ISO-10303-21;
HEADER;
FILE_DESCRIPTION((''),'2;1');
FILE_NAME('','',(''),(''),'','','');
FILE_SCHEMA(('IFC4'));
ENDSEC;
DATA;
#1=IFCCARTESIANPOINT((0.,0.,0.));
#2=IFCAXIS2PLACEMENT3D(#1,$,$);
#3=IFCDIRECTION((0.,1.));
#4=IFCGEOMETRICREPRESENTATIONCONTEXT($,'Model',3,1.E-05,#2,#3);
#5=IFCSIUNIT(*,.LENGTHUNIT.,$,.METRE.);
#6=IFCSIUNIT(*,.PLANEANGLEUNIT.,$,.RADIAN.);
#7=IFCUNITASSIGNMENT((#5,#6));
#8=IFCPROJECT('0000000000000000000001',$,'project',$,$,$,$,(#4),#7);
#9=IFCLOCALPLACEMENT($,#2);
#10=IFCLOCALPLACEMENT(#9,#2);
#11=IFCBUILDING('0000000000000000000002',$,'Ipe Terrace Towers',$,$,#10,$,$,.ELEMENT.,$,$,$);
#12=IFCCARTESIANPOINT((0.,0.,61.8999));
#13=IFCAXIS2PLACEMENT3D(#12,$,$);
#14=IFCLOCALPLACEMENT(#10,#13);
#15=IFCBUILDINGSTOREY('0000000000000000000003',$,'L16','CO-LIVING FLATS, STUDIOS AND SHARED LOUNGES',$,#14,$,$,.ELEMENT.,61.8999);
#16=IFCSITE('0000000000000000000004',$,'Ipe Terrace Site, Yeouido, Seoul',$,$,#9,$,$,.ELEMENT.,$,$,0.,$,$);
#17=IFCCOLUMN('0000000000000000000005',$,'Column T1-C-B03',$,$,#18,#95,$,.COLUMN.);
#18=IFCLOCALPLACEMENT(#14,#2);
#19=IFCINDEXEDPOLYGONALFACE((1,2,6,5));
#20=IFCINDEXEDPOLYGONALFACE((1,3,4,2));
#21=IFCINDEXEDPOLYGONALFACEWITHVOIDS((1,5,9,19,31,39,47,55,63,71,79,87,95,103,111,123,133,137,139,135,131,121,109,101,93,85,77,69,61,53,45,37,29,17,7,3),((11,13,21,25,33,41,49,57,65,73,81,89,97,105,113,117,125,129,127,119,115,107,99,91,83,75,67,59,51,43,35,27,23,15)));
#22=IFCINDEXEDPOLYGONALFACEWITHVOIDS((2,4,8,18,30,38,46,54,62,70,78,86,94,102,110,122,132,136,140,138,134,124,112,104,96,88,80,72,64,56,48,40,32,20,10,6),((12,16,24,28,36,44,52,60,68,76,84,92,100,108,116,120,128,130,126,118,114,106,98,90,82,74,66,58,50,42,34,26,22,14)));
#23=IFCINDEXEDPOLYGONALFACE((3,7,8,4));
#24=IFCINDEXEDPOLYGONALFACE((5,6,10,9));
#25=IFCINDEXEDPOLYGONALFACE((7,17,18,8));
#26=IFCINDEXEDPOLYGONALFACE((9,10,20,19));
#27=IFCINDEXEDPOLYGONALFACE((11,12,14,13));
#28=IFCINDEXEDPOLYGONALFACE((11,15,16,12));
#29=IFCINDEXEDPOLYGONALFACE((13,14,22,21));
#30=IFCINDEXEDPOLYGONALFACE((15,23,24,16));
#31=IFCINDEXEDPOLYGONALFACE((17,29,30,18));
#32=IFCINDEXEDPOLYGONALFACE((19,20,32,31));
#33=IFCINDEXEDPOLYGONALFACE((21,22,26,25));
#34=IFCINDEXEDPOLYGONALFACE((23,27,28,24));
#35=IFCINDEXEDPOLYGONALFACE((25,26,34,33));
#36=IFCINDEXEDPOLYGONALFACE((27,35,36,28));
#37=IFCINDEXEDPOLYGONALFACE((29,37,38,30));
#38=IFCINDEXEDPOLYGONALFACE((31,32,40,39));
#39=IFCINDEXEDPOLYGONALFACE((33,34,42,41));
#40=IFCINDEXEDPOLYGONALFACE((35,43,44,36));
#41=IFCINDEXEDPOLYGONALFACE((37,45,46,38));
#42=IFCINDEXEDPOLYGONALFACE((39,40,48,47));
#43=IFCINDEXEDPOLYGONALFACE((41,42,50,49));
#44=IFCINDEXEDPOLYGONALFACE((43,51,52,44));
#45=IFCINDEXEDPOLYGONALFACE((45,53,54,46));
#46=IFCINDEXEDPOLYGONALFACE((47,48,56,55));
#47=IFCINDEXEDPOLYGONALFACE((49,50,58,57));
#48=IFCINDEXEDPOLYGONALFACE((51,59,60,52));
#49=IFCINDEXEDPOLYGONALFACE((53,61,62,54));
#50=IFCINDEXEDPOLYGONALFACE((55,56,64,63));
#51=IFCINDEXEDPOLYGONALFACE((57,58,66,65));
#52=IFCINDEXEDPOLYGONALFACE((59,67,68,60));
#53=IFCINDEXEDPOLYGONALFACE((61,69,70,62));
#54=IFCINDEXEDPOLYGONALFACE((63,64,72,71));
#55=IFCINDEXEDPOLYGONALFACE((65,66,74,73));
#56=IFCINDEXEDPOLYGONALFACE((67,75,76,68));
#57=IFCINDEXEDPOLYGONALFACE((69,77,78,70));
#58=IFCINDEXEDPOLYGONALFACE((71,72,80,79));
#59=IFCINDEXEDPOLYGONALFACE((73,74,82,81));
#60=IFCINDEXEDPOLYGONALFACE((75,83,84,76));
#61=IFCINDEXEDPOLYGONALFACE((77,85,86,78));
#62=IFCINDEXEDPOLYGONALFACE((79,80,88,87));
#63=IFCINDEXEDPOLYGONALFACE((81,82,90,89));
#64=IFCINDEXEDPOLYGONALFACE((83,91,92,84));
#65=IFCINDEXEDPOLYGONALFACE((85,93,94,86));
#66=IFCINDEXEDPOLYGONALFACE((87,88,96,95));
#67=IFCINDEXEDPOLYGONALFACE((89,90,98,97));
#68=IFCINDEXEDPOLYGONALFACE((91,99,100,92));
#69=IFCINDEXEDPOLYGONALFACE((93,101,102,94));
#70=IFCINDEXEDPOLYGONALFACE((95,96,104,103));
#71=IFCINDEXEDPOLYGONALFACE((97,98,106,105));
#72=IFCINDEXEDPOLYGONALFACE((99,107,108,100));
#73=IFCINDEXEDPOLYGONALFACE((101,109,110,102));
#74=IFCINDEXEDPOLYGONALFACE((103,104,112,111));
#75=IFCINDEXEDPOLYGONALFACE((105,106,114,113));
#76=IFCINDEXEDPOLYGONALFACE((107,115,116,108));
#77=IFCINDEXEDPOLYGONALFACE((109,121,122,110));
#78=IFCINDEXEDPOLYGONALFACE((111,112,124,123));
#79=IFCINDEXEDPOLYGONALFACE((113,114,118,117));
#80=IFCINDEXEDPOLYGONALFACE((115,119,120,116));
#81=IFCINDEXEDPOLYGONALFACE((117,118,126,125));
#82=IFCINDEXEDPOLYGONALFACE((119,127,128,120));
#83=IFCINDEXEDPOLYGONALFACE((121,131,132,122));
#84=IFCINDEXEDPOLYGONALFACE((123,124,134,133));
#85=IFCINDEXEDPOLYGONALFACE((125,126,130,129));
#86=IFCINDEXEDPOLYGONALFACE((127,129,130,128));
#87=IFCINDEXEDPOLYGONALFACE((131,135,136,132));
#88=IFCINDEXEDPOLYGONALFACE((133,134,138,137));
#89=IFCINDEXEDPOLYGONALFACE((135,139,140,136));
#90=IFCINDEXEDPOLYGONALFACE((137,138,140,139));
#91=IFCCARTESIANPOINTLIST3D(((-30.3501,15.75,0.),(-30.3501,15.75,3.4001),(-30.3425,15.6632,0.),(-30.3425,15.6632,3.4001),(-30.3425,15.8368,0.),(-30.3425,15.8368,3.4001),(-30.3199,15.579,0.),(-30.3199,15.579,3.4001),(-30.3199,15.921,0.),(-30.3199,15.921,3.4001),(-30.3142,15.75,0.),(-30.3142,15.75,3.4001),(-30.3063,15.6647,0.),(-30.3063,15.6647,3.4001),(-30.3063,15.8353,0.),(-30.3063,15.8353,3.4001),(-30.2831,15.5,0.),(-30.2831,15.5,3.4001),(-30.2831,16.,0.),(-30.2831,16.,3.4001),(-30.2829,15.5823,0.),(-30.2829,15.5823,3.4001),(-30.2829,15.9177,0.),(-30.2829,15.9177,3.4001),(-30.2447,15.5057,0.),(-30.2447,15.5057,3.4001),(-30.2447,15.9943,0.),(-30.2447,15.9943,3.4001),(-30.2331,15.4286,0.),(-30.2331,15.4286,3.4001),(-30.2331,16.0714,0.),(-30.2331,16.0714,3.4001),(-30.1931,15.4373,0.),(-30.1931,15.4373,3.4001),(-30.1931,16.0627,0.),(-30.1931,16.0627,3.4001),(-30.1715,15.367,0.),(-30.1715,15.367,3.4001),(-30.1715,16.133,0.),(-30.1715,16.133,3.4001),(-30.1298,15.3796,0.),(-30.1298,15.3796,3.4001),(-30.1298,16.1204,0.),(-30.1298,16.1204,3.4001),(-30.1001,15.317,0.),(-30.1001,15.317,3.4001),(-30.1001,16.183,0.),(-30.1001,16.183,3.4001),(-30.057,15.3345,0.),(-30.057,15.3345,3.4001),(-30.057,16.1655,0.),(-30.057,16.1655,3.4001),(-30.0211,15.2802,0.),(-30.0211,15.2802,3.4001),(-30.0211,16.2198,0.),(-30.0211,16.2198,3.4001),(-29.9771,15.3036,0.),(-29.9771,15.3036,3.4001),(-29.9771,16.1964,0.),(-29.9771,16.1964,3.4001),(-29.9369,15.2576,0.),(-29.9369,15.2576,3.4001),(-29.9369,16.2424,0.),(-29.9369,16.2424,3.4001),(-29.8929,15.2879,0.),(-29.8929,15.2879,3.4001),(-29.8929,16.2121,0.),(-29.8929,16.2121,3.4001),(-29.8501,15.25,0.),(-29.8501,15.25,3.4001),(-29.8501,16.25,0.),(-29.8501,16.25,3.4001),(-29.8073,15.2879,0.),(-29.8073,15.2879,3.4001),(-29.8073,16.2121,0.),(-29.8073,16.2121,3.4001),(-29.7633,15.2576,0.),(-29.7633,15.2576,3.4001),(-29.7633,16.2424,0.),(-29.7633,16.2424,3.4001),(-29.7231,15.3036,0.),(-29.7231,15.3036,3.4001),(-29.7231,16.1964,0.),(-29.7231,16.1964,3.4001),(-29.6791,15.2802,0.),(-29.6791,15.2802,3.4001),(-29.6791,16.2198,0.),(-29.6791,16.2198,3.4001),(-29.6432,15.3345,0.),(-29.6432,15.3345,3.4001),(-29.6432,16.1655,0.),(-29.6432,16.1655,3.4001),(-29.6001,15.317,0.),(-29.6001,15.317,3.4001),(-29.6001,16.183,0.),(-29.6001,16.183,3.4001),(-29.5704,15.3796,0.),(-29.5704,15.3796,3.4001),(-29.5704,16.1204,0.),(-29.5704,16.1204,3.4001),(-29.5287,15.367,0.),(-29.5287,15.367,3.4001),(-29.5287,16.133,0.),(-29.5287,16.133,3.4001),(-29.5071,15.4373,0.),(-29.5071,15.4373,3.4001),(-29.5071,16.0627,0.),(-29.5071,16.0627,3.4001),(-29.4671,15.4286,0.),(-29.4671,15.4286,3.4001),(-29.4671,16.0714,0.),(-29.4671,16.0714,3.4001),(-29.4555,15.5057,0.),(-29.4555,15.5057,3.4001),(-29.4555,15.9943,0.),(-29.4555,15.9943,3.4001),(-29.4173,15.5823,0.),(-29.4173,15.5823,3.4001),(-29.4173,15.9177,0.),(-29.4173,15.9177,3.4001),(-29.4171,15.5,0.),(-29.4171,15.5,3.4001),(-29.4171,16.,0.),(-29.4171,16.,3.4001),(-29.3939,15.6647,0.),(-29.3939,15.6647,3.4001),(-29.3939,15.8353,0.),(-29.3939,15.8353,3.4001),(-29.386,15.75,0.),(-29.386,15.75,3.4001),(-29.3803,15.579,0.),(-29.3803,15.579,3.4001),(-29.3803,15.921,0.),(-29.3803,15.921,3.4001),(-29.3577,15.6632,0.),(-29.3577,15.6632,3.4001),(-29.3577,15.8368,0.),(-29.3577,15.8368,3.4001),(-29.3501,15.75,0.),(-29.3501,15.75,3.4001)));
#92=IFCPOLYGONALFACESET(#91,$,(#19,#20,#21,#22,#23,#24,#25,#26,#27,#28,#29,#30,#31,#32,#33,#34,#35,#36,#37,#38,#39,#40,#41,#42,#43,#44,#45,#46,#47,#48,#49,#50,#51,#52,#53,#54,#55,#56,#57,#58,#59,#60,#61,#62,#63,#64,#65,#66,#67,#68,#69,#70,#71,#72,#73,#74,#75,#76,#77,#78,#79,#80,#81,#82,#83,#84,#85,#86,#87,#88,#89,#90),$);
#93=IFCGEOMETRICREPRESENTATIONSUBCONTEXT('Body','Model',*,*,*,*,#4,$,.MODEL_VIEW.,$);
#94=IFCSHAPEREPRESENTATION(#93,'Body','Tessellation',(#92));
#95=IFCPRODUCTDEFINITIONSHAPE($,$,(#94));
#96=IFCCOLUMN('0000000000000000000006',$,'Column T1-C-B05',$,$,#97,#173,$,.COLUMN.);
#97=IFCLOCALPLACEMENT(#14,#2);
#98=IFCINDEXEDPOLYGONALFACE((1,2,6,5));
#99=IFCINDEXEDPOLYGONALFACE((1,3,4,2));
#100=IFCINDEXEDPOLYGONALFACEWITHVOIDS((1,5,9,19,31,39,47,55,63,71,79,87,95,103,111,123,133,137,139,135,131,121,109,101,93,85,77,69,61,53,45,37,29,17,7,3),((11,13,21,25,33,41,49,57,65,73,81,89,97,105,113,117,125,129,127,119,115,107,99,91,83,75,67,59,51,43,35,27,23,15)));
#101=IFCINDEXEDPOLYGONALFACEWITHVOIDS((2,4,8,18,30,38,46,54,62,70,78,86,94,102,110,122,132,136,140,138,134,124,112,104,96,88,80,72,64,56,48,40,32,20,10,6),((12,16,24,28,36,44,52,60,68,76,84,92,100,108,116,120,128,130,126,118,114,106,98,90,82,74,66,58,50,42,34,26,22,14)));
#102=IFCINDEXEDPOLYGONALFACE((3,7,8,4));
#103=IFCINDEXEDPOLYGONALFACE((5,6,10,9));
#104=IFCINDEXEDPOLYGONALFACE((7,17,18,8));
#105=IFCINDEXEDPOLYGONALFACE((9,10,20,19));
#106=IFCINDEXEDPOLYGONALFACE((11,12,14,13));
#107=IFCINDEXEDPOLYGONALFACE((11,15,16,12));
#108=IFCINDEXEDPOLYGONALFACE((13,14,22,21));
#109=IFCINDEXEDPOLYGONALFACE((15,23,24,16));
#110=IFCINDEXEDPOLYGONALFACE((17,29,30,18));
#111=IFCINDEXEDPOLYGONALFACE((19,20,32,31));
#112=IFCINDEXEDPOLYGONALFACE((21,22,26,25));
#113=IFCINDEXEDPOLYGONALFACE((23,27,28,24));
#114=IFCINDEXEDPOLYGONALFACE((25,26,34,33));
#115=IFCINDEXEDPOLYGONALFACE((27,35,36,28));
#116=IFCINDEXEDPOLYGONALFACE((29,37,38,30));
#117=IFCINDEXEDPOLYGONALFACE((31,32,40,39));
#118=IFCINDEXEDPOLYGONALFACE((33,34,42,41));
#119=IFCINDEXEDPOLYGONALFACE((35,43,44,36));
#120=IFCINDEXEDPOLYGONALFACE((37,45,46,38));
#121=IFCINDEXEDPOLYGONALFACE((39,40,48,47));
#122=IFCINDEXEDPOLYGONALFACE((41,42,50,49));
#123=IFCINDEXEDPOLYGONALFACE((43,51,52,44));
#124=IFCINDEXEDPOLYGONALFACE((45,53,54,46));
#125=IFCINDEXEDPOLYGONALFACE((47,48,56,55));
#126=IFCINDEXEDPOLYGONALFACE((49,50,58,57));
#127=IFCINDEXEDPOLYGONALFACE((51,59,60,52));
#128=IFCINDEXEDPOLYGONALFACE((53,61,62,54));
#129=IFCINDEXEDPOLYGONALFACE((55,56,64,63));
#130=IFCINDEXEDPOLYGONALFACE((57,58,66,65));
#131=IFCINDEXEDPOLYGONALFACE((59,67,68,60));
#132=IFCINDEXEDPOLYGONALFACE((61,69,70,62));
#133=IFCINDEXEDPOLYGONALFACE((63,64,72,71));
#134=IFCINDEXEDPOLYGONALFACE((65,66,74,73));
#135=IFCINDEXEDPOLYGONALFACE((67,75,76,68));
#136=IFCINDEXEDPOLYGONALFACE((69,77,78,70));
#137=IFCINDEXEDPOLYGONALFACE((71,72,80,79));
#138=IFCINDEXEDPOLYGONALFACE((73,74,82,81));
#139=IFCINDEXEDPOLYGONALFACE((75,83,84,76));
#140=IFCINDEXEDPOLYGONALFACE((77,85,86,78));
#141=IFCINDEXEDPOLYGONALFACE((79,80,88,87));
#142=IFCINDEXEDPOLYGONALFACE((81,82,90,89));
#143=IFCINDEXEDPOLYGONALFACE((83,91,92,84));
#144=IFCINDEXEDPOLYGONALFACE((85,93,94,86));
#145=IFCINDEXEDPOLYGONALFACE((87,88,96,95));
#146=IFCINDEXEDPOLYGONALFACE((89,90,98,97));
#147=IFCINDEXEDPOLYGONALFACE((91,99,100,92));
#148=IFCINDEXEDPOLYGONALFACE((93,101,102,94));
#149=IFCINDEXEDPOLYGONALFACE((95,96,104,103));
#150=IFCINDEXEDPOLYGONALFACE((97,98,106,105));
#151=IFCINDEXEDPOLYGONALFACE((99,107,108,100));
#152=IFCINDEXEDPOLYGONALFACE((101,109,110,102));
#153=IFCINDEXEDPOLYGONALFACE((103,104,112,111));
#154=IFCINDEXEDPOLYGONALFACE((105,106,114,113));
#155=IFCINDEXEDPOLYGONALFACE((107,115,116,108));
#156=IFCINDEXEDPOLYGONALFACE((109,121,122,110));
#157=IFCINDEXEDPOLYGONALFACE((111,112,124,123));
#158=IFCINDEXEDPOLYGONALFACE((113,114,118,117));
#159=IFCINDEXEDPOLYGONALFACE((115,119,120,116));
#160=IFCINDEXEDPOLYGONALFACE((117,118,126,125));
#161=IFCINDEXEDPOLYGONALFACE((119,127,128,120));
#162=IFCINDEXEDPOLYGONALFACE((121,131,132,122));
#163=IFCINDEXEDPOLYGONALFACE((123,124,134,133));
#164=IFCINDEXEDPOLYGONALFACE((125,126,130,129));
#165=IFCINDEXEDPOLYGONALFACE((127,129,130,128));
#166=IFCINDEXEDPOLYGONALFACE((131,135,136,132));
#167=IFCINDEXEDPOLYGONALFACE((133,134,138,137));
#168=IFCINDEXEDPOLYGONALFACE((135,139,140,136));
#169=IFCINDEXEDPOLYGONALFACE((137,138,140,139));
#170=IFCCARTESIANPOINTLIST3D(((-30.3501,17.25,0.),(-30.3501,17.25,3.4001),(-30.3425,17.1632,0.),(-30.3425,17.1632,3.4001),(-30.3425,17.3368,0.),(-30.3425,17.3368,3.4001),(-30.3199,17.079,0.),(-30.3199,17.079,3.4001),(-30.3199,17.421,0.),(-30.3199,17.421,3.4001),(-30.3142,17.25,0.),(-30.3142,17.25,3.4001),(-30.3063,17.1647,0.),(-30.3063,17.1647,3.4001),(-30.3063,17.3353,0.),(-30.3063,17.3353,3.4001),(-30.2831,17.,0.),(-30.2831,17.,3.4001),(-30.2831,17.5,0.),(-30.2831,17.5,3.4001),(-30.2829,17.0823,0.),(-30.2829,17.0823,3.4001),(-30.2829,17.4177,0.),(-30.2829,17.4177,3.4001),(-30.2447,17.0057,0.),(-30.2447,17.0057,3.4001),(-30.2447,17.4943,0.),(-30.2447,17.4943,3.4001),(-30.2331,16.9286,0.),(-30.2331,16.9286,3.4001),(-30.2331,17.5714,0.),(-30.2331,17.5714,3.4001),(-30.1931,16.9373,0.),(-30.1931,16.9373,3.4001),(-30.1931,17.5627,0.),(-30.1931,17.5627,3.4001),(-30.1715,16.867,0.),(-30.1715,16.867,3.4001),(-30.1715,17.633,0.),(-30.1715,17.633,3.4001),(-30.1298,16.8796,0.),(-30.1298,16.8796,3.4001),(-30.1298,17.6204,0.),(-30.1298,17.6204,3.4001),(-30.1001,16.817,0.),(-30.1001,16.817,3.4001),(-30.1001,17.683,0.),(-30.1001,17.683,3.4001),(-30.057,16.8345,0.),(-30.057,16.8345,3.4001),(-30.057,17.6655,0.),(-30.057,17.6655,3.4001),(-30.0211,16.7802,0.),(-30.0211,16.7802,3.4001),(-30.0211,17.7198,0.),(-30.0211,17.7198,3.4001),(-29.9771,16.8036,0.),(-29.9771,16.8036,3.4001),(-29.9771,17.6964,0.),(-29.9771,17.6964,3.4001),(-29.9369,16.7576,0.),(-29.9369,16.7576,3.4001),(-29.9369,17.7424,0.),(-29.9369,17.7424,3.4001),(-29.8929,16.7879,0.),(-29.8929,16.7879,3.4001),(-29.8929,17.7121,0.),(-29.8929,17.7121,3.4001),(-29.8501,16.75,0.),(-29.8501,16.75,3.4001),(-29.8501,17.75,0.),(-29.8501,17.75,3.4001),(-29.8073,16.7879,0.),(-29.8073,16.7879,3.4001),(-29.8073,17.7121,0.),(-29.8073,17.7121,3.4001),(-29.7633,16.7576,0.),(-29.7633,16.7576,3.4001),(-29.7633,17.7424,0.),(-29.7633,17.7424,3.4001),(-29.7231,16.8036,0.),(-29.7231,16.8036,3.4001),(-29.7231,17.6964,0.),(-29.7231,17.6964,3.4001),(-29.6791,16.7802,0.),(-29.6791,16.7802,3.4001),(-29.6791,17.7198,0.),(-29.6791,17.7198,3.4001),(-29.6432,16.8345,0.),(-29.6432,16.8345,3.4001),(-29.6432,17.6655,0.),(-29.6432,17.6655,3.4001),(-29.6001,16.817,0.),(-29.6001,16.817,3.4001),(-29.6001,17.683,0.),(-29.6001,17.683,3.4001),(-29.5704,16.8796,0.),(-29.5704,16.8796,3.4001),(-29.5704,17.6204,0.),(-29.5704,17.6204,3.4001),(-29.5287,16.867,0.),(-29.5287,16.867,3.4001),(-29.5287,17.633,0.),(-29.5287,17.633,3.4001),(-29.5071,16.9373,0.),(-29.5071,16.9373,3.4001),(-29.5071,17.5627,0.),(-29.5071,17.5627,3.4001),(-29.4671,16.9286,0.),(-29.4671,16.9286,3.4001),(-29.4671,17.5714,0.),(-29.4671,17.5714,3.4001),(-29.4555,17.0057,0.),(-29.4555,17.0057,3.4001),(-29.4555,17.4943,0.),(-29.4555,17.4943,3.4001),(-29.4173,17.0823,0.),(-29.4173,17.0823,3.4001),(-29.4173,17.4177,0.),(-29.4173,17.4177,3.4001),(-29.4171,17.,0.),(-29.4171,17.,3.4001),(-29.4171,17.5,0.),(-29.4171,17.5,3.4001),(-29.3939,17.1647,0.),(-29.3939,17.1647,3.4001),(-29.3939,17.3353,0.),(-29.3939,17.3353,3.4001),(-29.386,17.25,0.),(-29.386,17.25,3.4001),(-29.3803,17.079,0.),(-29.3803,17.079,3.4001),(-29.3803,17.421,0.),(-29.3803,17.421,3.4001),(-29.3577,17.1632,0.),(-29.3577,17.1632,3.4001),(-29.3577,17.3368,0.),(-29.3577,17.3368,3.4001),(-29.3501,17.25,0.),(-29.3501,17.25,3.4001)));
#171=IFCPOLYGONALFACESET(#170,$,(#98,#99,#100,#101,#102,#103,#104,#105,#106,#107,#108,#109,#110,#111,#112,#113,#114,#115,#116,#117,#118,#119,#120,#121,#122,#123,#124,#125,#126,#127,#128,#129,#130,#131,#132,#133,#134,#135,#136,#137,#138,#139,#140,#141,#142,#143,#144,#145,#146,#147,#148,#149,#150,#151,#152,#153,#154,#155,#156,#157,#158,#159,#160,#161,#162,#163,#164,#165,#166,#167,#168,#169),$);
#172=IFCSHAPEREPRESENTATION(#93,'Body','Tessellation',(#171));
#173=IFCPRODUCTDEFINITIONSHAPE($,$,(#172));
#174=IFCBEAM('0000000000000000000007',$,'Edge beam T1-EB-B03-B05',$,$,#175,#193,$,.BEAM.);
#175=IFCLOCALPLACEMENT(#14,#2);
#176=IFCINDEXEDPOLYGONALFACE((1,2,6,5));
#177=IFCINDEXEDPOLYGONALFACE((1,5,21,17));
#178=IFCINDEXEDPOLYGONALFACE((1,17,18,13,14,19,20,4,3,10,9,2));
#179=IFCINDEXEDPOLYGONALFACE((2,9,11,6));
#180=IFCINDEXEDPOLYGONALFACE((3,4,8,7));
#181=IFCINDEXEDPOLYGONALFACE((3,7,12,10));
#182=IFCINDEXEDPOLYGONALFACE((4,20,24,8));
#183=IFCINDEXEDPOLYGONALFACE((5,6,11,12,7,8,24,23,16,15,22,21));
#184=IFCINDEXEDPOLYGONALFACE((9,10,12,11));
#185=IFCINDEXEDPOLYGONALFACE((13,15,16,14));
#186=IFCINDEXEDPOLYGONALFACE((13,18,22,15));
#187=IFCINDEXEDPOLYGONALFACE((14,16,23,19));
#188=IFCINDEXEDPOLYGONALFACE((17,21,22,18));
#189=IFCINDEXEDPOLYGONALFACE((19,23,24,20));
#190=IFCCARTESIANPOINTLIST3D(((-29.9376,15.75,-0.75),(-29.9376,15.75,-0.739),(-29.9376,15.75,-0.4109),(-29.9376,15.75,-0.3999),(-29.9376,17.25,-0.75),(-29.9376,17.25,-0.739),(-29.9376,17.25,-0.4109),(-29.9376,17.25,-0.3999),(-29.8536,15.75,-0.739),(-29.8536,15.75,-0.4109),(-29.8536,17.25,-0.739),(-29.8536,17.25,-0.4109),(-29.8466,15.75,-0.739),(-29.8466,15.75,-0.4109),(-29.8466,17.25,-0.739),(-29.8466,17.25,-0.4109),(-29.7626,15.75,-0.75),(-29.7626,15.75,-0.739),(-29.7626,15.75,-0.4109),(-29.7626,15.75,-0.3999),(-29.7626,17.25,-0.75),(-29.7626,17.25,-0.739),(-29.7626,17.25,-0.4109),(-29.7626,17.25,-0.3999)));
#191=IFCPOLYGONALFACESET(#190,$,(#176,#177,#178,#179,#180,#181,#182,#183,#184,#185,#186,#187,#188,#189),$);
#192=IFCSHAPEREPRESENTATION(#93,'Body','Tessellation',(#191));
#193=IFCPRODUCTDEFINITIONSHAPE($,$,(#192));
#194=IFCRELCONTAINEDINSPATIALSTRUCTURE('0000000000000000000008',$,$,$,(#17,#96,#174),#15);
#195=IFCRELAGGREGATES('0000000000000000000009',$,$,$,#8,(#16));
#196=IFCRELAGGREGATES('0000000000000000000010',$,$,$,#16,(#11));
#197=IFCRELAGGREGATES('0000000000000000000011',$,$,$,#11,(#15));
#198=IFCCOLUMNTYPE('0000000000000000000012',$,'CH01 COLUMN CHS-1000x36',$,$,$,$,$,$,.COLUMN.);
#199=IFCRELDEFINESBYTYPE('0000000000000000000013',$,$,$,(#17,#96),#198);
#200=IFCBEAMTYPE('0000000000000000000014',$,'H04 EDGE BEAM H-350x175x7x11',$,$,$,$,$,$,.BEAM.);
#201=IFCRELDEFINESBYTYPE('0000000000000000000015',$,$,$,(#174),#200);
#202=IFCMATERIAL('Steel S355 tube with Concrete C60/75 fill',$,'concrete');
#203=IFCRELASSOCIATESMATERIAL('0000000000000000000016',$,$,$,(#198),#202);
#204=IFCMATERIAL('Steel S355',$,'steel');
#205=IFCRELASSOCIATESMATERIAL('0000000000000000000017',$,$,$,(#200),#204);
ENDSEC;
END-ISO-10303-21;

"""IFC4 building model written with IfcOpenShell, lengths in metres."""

from ifc_helpers import new_model, si_unit, direction, frame, origin, origin_2d, place, context, subcontext, project, spatial, hollow_circle, i_section, extrude, material, material_profile, profile_set, type_object, element, save


model = new_model("IFC4")

# Units and contexts
model_context = context("Model", 3, precision=1e-05, world=origin(), true_north=direction((0.0, 1.0)))
body_context = subcontext(model_context, "Body", "Model", "MODEL_VIEW")
ifc_project = project(units=[si_unit("LENGTHUNIT", "METRE"), si_unit("PLANEANGLEUNIT", "RADIAN")], contexts=[model_context])

# Site, building, storey
site_placement = place(None, origin())
site = spatial("IfcSite", under=ifc_project, at=site_placement, Name="Ipe Terrace Site, Yeouido, Seoul", CompositionType="ELEMENT", RefElevation=0.0)
building_placement = place(site_placement, origin())
building = spatial("IfcBuilding", under=site, at=building_placement, Name="Ipe Terrace Towers", CompositionType="ELEMENT")
storey_placement = place(building_placement, frame((0.0, 0.0, 61.8999)))
storey = spatial("IfcBuildingStorey", under=building, at=storey_placement, Name="L16", Description="CO-LIVING FLATS, STUDIOS AND SHARED LOUNGES", CompositionType="ELEMENT", Elevation=61.8999)

# Columns
ifc_material_1 = material(Name="Steel S355 tube with Concrete C60/75 fill", Category="concrete")
ifc_material_profile_1 = material_profile(ifc_material_1, hollow_circle(Radius=0.5, WallThickness=0.0359, at=origin_2d()), Name="CHS-1000x36")
ifc_profile_set_1 = profile_set([ifc_material_profile_1], Name="Steel S355 tube with Concrete C60/75 fill")
column_type = type_object("IfcColumnType", Name="CH01 COLUMN CHS-1000x36", PredefinedType="COLUMN", material=ifc_profile_set_1)
for number, where, z_axis, x_axis, name in (
    (1, (-29.8501, 15.75, 0.0), (0.0, 0.0, 1.0), (1.0, 0.0, 0.0), "Column T1-C-B03"),
    (2, (-29.8501, 17.25, 0.0), (0.0, 0.0, 1.0), (1.0, 0.0, 0.0), "Column T1-C-B05"),
):
    element("IfcColumn", number, at=place(storey_placement, frame(where, z_axis=z_axis, x_axis=x_axis)), inside=storey, type_object=column_type, Name=name, PredefinedType="COLUMN", context=body_context, shape_type="SweptSolid", body=[
        extrude(hollow_circle(Radius=0.5, WallThickness=0.0359, at=origin_2d()), origin(), (0.0, 0.0, 1.0), 3.4001),
    ])

# Beam
ifc_material_2 = material(Name="Steel S355", Category="steel")
ifc_material_profile_2 = material_profile(ifc_material_2, i_section(OverallWidth=0.175, OverallDepth=0.3501, WebThickness=0.0071, FlangeThickness=0.011, at=origin_2d()), Name="H-350x175x7x11")
ifc_profile_set_2 = profile_set([ifc_material_profile_2], Name="Steel S355")
beam_type = type_object("IfcBeamType", Name="H04 EDGE BEAM H-350x175x7x11", PredefinedType="BEAM", material=ifc_profile_set_2)
beam_placement = place(storey_placement, frame((-29.8501, 15.75, -0.575), z_axis=(0.0, 1.0, 0.0), x_axis=(-1.0, 0.0, 0.0)))
element("IfcBeam", 3, at=beam_placement, inside=storey, type_object=beam_type, Name="Edge beam T1-EB-B03-B05", PredefinedType="BEAM", context=body_context, shape_type="SweptSolid", body=[
    extrude(i_section(OverallWidth=0.175, OverallDepth=0.3501, WebThickness=0.0071, FlangeThickness=0.011, at=origin_2d()), origin(), (0.0, 0.0, 1.0), 1.5),
])

save(model, "model.ifc")
